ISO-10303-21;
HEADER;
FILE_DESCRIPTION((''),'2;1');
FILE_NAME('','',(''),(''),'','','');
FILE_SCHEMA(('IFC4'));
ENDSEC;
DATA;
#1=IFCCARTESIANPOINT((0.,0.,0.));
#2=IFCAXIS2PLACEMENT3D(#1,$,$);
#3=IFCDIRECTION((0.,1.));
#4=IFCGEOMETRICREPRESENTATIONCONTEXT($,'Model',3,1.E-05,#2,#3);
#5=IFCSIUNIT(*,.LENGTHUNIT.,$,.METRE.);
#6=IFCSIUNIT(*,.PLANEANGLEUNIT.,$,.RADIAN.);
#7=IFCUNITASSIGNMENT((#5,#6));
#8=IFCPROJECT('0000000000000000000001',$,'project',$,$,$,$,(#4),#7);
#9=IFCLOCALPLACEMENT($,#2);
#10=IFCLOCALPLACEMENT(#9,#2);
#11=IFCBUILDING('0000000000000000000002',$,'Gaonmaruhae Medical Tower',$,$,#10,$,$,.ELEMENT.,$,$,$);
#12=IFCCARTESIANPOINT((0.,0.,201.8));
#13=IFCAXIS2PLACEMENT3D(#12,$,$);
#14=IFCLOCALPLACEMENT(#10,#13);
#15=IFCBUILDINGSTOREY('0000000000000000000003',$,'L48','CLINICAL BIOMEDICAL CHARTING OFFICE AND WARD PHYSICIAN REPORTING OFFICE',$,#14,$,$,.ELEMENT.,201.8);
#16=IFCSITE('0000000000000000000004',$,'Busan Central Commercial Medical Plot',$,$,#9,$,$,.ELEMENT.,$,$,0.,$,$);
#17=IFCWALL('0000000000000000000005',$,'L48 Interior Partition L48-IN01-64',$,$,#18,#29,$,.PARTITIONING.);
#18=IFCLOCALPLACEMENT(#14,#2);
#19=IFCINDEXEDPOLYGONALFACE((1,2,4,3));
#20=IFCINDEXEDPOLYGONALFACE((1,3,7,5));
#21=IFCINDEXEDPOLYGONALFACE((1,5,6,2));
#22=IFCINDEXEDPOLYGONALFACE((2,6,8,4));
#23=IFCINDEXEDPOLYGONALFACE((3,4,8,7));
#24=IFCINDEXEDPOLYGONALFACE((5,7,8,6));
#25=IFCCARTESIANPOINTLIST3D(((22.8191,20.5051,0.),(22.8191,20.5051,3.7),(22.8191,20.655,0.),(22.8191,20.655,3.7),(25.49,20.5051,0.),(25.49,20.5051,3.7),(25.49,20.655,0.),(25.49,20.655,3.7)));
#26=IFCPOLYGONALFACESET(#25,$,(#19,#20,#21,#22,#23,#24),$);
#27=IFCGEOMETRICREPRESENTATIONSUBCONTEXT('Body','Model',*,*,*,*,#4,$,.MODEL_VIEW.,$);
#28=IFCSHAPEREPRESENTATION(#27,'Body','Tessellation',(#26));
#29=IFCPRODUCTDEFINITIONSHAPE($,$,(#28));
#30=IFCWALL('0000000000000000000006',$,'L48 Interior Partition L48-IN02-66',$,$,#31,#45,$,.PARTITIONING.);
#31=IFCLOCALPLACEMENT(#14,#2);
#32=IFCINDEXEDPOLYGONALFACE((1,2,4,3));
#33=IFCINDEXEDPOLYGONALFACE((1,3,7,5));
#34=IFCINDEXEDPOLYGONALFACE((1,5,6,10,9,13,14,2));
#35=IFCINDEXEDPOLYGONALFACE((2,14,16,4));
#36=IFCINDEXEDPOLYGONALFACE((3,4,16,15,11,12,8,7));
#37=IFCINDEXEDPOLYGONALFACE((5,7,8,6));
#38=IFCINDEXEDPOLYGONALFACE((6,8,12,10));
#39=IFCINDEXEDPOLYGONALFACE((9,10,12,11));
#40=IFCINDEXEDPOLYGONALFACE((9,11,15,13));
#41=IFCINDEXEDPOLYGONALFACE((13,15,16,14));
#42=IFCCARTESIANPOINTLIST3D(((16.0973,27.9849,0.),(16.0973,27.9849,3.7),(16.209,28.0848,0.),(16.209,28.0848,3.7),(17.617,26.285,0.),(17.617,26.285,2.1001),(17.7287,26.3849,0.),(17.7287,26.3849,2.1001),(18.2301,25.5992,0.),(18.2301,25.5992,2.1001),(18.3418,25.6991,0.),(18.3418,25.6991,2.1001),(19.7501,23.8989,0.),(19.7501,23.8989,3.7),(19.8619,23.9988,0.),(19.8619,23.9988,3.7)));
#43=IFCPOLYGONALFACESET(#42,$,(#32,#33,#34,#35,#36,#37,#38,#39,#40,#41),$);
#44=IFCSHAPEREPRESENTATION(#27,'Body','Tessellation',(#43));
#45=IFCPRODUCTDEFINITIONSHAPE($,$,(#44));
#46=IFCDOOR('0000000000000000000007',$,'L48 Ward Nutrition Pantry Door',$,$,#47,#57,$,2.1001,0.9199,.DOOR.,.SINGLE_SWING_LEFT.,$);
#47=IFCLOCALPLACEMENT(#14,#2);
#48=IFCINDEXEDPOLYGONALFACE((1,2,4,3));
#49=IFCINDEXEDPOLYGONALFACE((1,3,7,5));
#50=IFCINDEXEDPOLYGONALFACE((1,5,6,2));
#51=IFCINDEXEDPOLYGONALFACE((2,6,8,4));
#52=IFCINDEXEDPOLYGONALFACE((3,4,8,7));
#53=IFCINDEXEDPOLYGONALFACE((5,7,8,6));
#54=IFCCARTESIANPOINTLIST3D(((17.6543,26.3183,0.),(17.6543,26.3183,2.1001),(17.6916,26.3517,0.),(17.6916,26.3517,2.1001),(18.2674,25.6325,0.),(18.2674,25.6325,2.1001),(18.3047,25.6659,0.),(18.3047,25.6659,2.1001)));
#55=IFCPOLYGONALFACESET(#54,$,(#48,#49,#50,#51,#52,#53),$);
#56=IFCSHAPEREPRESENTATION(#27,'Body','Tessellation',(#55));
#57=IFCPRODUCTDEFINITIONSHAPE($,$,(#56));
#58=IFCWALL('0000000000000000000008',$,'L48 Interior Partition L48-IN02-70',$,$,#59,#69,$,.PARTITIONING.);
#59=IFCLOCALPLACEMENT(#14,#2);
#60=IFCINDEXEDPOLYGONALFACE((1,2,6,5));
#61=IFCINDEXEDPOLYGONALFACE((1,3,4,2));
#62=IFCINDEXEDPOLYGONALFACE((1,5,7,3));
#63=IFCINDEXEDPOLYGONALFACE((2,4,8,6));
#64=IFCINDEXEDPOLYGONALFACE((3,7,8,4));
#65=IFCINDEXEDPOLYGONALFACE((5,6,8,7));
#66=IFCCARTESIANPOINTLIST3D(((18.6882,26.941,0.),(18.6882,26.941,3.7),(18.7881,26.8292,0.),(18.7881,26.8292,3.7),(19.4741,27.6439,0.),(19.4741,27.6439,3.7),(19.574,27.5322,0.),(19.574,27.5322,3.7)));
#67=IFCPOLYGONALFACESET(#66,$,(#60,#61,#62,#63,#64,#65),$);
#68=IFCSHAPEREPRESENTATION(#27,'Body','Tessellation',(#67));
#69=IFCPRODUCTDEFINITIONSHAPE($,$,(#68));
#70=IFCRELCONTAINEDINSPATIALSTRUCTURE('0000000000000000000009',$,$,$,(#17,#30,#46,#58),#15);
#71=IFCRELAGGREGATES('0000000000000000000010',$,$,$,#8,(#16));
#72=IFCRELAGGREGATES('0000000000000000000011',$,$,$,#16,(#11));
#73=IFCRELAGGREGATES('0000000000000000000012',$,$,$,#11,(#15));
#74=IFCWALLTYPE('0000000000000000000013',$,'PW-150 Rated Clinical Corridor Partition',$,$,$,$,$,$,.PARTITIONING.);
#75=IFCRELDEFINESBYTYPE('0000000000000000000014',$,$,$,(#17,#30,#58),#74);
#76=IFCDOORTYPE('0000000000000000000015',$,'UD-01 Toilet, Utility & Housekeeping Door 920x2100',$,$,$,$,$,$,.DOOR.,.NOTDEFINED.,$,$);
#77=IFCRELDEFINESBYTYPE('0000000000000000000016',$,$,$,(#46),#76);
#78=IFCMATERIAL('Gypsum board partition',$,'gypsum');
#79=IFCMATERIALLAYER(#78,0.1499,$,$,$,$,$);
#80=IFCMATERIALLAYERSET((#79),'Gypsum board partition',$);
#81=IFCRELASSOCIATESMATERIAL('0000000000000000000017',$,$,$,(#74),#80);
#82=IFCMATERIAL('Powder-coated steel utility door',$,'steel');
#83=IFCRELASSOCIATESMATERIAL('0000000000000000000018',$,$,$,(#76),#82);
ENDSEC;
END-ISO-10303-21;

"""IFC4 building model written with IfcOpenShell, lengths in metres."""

from ifc_helpers import new_model, si_unit, direction, frame, frame_2d, origin, place, context, subcontext, project, spatial, rectangle, extrude, material, layer, layer_set, type_object, element, fill, save


model = new_model("IFC4")

# Units and contexts
model_context = context("Model", 3, precision=1e-05, world=origin(), true_north=direction((0.0, 1.0)))
body_context = subcontext(model_context, "Body", "Model", "MODEL_VIEW")
ifc_project = project(units=[si_unit("LENGTHUNIT", "METRE"), si_unit("PLANEANGLEUNIT", "RADIAN")], contexts=[model_context])

# Site, building, storey
site_placement = place(None, origin())
site = spatial("IfcSite", under=ifc_project, at=site_placement, Name="Busan Central Commercial Medical Plot", CompositionType="ELEMENT", RefElevation=0.0)
building_placement = place(site_placement, origin())
building = spatial("IfcBuilding", under=site, at=building_placement, Name="Gaonmaruhae Medical Tower", CompositionType="ELEMENT")
storey_placement = place(building_placement, frame((0.0, 0.0, 201.8)))
storey = spatial("IfcBuildingStorey", under=building, at=storey_placement, Name="L48", Description="CLINICAL BIOMEDICAL CHARTING OFFICE AND WARD PHYSICIAN REPORTING OFFICE", CompositionType="ELEMENT", Elevation=201.8)

# Wall
ifc_material_1 = material(Name="Gypsum board partition", Category="gypsum")
ifc_layer_1 = layer(ifc_material_1, 0.1499)
ifc_layer_set_1 = layer_set([ifc_layer_1], Name="Gypsum board partition")
wall_type_1 = type_object("IfcWallType", Name="PW-150 Rated Clinical Corridor Partition", PredefinedType="PARTITIONING", material=ifc_layer_set_1)
wall_1_placement = place(storey_placement, frame((25.49, 20.5801, 0.0), z_axis=(0.0, 0.0, 1.0), x_axis=(-1.0, 0.0, 0.0)))
element("IfcWall", 1, at=wall_1_placement, inside=storey, type_object=wall_type_1, Name="L48 Interior Partition L48-IN01-64", PredefinedType="PARTITIONING", context=body_context, shape_type="SweptSolid", body=[
    extrude(rectangle(XDim=2.6709, YDim=0.1499, at=frame_2d((1.3354, 0.0))), origin(), (0.0, 0.0, 1.0), 3.7),
])

# Wall, opening, door
wall_2_placement = place(storey_placement, frame((19.8059, 23.949, 0.0), z_axis=(0.0, 0.0, 1.0), x_axis=(-0.66649, 0.745514, 0.0)))
wall_2 = element("IfcWall", 2, at=wall_2_placement, inside=storey, type_object=wall_type_1, Name="L48 Interior Partition L48-IN02-66", PredefinedType="PARTITIONING", context=body_context, shape_type="SweptSolid", body=[
    extrude(rectangle(XDim=5.4807, YDim=0.1499, at=frame_2d((2.7402, 0.0))), origin(), (0.0, 0.0, 1.0), 3.7),
])
opening_1_placement = place(wall_2_placement, frame((2.2805, 0.0, 0.0)))
opening_1 = element("IfcOpeningElement", 3, at=opening_1_placement, cuts=wall_2, PredefinedType="OPENING", context=body_context, shape_type="SweptSolid", body=[
    extrude(rectangle(XDim=0.9199, YDim=2.1001, at=frame_2d((0.46, 1.05))), frame((0.0, 0.085, 0.0), z_axis=(0.0, -1.0, 0.0), x_axis=(1.0, 0.0, 0.0)), (0.0, 0.0, 1.0), 0.1699),
])
ifc_material_2 = material(Name="Powder-coated steel utility door", Category="steel")
door_type_1 = type_object("IfcDoorType", Name="UD-01 Toilet, Utility & Housekeeping Door 920x2100", OperationType="NOTDEFINED", PredefinedType="DOOR", material=ifc_material_2)
door_1_placement = place(opening_1_placement, origin())
door_1 = element("IfcDoor", 4, at=door_1_placement, inside=storey, type_object=door_type_1, Name="L48 Ward Nutrition Pantry Door", OperationType="SINGLE_SWING_LEFT", OverallHeight=2.1001, OverallWidth=0.9199, PredefinedType="DOOR", context=body_context, shape_type="SweptSolid", body=[
    extrude(rectangle(XDim=0.9199, YDim=2.1001, at=frame_2d((0.46, 1.05))), frame((0.0, 0.0249, 0.0), z_axis=(0.0, -1.0, 0.0), x_axis=(1.0, 0.0, 0.0)), (0.0, 0.0, 1.0), 0.05),
])
fill(opening_1, door_1)

# Wall
wall_3_placement = place(storey_placement, frame((18.738, 26.885, 0.0), z_axis=(0.0, 0.0, 1.0), x_axis=(0.745375, 0.666646, 0.0)))
element("IfcWall", 5, at=wall_3_placement, inside=storey, type_object=wall_type_1, Name="L48 Interior Partition L48-IN02-70", PredefinedType="PARTITIONING", context=body_context, shape_type="SweptSolid", body=[
    extrude(rectangle(XDim=1.0544, YDim=0.1499, at=frame_2d((0.5273, 0.0))), origin(), (0.0, 0.0, 1.0), 3.7),
])

save(model, "model.ifc")
